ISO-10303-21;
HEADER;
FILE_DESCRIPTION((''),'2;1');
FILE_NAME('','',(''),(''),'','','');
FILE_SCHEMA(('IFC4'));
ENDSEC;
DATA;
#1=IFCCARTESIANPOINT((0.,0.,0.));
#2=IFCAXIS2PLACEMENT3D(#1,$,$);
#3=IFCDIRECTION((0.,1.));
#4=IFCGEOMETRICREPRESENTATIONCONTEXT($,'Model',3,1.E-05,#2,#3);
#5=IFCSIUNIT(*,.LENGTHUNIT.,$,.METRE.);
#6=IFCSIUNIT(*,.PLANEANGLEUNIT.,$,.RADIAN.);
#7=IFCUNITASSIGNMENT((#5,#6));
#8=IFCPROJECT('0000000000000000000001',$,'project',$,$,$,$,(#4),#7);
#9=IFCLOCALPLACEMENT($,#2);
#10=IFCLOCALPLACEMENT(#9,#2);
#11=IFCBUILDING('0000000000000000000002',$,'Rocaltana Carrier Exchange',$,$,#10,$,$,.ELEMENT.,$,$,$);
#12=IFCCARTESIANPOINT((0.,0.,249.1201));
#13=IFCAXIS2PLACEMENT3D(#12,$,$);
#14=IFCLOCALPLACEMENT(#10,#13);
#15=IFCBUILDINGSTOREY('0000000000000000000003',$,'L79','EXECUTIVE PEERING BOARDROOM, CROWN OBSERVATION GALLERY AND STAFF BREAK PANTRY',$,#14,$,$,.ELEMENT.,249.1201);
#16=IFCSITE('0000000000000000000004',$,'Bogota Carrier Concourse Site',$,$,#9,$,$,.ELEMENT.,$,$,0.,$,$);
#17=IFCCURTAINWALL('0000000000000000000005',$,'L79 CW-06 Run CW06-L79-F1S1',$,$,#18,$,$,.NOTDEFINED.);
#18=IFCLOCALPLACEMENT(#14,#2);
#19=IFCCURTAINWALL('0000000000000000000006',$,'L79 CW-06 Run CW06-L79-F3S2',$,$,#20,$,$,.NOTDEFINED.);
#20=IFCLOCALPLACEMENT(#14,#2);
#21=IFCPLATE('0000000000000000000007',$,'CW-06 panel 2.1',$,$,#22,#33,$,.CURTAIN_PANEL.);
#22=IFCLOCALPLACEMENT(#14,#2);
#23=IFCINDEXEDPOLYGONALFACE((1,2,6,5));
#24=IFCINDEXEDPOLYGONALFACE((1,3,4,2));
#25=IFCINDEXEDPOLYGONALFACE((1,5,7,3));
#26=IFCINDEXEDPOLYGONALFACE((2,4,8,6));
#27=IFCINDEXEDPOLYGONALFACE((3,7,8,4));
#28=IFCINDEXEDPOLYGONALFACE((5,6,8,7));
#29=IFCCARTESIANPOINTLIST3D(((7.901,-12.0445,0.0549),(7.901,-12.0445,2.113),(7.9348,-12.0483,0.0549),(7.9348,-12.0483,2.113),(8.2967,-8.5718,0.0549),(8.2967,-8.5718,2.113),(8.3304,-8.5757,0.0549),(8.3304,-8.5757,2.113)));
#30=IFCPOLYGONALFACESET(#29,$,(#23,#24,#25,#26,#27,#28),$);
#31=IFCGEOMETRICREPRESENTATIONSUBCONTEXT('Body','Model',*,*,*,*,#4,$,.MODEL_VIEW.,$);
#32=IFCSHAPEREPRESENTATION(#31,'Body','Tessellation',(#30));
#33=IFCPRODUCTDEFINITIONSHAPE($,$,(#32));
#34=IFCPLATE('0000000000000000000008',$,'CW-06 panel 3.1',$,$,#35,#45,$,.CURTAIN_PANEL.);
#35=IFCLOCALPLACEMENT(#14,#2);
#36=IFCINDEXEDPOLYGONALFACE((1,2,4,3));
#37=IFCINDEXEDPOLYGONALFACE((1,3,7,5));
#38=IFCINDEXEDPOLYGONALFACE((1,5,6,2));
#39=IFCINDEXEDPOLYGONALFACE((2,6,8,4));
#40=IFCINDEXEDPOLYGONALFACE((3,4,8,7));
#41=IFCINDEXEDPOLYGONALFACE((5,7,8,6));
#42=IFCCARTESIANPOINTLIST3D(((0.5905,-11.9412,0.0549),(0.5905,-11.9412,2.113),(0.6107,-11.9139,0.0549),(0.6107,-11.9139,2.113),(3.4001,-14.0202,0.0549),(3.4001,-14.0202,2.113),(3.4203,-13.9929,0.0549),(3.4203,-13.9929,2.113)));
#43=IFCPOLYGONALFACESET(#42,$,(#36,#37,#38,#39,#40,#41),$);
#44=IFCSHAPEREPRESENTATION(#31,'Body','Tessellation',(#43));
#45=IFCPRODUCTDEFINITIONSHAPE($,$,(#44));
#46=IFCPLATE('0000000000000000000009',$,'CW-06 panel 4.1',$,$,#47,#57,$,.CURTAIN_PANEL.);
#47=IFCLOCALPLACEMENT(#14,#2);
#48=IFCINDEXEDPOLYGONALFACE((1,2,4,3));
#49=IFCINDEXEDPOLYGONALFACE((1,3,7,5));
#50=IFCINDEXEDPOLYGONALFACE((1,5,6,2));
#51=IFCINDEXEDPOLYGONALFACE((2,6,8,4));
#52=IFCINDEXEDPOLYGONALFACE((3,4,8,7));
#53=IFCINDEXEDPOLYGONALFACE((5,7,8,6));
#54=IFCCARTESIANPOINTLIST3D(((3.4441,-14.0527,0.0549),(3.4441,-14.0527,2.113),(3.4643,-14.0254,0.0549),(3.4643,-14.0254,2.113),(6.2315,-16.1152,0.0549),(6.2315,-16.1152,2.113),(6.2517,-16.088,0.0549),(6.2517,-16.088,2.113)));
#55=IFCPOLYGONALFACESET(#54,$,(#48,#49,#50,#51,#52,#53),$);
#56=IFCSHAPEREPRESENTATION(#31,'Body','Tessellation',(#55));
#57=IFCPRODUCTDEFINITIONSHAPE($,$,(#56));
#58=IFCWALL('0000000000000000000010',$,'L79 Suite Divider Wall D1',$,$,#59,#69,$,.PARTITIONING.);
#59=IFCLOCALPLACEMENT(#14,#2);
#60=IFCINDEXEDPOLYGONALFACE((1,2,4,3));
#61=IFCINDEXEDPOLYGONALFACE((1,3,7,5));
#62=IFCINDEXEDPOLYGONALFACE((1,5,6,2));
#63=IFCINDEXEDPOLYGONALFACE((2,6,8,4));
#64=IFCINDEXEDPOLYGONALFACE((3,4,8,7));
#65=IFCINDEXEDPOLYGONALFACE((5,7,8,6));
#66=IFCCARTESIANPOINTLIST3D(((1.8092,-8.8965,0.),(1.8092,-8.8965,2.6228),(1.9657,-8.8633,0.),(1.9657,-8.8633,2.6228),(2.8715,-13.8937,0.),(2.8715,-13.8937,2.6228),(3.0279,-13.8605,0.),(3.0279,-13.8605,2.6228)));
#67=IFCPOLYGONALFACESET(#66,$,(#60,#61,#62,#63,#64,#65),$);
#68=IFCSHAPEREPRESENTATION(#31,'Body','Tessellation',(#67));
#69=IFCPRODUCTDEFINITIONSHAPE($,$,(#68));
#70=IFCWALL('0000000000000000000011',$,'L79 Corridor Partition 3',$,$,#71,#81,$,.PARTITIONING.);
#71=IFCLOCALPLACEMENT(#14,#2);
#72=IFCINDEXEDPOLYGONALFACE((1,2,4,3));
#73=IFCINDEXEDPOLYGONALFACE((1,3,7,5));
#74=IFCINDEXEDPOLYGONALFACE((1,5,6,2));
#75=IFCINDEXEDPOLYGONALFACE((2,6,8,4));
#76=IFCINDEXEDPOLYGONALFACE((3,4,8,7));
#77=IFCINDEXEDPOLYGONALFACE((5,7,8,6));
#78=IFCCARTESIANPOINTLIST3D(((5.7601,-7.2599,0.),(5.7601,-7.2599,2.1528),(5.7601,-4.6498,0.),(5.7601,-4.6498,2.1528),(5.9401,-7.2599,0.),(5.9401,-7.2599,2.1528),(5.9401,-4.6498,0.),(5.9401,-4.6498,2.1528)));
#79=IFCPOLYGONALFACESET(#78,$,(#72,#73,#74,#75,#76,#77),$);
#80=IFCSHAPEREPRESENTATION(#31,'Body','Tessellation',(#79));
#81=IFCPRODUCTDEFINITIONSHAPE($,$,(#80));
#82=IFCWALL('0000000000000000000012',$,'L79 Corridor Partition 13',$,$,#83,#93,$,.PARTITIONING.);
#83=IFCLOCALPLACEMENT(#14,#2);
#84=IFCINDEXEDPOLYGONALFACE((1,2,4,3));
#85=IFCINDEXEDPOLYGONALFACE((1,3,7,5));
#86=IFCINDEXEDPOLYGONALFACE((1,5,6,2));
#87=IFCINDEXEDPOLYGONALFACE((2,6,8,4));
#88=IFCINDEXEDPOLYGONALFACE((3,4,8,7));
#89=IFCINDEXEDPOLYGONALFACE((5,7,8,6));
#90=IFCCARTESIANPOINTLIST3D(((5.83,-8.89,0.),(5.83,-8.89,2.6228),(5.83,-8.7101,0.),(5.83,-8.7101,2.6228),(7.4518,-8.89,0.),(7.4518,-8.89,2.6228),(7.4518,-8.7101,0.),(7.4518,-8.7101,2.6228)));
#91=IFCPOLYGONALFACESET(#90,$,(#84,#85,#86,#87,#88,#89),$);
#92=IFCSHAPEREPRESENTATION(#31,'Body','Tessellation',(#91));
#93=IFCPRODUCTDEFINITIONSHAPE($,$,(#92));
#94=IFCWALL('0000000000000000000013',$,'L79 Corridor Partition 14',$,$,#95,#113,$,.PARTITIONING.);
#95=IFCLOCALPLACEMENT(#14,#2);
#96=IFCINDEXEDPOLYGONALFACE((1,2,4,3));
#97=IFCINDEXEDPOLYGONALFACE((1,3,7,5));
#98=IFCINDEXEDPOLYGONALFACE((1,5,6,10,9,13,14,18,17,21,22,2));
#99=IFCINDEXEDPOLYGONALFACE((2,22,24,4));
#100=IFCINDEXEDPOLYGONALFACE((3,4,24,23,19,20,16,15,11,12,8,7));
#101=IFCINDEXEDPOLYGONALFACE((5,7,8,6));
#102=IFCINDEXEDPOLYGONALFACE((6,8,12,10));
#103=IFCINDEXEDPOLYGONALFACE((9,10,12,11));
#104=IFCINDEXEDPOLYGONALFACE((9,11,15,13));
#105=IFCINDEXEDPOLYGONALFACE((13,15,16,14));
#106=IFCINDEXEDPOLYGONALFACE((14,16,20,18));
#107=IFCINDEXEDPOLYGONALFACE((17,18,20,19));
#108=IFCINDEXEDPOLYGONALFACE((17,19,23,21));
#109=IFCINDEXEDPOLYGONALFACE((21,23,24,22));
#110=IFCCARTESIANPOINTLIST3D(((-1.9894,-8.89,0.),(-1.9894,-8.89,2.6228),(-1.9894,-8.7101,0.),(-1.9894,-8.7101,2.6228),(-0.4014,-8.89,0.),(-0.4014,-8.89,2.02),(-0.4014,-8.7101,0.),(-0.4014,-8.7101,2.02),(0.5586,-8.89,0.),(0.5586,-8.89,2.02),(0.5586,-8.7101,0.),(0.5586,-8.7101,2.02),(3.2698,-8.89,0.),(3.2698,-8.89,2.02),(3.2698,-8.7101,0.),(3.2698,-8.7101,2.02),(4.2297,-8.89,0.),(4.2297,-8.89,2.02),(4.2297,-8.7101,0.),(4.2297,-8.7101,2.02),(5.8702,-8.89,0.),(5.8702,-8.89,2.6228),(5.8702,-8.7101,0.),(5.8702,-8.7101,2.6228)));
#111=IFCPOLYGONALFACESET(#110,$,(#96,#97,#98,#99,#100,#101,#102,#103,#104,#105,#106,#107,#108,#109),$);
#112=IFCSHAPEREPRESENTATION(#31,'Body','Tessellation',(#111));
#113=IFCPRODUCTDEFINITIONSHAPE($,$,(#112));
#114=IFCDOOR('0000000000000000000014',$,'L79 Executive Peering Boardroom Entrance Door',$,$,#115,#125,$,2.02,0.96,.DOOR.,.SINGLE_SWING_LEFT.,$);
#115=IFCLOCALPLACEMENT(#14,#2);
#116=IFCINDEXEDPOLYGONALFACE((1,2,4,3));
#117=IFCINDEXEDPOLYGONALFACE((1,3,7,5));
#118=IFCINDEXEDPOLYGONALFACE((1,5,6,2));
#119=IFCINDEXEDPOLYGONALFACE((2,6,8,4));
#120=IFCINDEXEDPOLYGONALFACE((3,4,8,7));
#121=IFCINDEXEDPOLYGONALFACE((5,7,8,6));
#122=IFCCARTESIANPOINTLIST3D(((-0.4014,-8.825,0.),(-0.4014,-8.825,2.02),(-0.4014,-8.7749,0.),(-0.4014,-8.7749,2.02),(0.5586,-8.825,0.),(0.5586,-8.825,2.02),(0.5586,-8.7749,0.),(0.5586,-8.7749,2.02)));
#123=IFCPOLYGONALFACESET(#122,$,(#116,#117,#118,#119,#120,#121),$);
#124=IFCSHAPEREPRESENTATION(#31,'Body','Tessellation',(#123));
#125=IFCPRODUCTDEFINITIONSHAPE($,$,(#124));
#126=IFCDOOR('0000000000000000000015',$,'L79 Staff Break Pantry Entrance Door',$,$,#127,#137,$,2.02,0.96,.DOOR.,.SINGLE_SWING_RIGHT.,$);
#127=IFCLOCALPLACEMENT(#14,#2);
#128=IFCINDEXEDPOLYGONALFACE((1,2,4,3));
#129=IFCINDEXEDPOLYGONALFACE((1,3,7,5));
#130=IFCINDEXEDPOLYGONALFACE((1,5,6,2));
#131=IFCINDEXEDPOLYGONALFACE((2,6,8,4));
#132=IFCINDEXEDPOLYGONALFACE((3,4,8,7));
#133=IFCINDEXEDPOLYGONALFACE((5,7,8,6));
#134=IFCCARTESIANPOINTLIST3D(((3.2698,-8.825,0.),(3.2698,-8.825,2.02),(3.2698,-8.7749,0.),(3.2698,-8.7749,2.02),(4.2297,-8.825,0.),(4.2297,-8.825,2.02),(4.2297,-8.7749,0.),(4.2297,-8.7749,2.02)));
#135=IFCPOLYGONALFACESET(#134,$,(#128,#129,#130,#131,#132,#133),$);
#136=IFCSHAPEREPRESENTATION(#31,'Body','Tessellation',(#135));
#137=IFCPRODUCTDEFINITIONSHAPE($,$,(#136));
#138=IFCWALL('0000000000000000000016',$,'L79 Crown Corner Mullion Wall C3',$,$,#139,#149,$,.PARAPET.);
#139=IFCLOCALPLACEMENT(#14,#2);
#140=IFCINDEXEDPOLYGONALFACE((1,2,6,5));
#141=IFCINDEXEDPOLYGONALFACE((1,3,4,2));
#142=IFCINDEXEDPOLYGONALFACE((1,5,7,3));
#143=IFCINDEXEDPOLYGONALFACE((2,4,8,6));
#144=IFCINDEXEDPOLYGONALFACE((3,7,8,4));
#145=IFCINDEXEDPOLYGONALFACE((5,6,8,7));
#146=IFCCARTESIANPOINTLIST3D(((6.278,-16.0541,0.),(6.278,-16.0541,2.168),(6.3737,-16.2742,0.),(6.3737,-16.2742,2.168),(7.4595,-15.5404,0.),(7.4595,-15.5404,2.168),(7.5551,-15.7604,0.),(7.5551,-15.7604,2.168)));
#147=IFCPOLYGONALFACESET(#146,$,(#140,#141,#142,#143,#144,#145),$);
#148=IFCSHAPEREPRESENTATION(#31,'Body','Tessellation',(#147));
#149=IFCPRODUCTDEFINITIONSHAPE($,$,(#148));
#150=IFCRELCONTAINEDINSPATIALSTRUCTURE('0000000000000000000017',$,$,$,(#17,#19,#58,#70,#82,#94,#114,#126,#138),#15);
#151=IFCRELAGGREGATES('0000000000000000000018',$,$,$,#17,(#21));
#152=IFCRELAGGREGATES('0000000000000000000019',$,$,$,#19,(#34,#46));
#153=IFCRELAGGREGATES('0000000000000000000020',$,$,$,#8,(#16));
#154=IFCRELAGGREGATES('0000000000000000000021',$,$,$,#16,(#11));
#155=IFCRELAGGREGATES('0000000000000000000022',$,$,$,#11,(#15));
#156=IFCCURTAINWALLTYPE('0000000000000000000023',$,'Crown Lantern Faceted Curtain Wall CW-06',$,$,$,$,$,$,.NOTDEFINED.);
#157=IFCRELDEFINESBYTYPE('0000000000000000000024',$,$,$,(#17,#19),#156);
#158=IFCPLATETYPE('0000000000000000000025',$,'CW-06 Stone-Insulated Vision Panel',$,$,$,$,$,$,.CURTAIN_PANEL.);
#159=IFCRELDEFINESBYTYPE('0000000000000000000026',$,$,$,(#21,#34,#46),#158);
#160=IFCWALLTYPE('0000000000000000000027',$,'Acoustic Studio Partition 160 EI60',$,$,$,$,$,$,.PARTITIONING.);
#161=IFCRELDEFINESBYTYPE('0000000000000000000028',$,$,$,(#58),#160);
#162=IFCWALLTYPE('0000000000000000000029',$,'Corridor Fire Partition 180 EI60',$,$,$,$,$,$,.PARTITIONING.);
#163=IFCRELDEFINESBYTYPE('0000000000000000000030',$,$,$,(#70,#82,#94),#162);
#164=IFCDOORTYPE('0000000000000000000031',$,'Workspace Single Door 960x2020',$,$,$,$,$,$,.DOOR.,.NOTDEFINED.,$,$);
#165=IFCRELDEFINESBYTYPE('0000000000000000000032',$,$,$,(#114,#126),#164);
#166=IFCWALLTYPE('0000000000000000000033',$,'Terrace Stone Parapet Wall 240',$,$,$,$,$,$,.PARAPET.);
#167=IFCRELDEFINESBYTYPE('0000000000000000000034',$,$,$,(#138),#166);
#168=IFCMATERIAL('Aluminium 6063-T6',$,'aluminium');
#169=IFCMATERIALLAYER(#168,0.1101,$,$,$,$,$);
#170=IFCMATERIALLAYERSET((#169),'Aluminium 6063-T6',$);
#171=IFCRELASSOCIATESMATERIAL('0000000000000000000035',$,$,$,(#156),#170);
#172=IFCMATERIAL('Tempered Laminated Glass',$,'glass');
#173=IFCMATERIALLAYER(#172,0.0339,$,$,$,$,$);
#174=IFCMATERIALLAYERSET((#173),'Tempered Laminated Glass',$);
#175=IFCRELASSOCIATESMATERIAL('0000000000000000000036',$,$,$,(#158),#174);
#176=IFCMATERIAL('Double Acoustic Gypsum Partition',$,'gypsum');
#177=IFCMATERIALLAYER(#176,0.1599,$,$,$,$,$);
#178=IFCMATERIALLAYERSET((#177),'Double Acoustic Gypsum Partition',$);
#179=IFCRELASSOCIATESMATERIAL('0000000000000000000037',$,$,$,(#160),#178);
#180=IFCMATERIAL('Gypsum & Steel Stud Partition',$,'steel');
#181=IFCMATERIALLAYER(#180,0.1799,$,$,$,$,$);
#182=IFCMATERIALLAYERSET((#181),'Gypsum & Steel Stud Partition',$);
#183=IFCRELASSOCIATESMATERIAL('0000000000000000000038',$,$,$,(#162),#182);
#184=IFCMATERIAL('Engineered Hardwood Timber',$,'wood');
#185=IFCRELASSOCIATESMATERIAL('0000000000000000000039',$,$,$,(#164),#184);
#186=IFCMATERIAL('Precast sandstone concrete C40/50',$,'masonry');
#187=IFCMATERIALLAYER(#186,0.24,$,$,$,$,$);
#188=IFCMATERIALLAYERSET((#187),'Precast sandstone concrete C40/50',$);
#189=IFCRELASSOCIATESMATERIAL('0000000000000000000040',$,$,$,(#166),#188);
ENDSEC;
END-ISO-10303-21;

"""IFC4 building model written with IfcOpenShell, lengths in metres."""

from ifc_helpers import new_model, si_unit, direction, frame, frame_2d, origin, origin_2d, place, context, subcontext, project, spatial, rectangle, extrude, material, layer, layer_set, type_object, element, fill, aggregate, save


model = new_model("IFC4")

# Units and contexts
model_context = context("Model", 3, precision=1e-05, world=origin(), true_north=direction((0.0, 1.0)))
body_context = subcontext(model_context, "Body", "Model", "MODEL_VIEW")
ifc_project = project(units=[si_unit("LENGTHUNIT", "METRE"), si_unit("PLANEANGLEUNIT", "RADIAN")], contexts=[model_context])

# Site, building, storey
site_placement = place(None, origin())
site = spatial("IfcSite", under=ifc_project, at=site_placement, Name="Bogota Carrier Concourse Site", CompositionType="ELEMENT", RefElevation=0.0)
building_placement = place(site_placement, origin())
building = spatial("IfcBuilding", under=site, at=building_placement, Name="Rocaltana Carrier Exchange", CompositionType="ELEMENT")
storey_placement = place(building_placement, frame((0.0, 0.0, 249.1201)))
storey = spatial("IfcBuildingStorey", under=building, at=storey_placement, Name="L79", Description="EXECUTIVE PEERING BOARDROOM, CROWN OBSERVATION GALLERY AND STAFF BREAK PANTRY", CompositionType="ELEMENT", Elevation=249.1201)

# Curtain walls
ifc_material_1 = material(Name="Aluminium 6063-T6", Category="aluminium")
ifc_layer_1 = layer(ifc_material_1, 0.1101)
ifc_layer_set_1 = layer_set([ifc_layer_1], Name="Aluminium 6063-T6")
curtain_wall_type = type_object("IfcCurtainWallType", Name="Crown Lantern Faceted Curtain Wall CW-06", PredefinedType="NOTDEFINED", material=ifc_layer_set_1)
curtain_wall_1_placement = place(storey_placement, origin())
curtain_wall_1 = element("IfcCurtainWall", 1, at=curtain_wall_1_placement, inside=storey, type_object=curtain_wall_type, Name="L79 CW-06 Run CW06-L79-F1S1", PredefinedType="NOTDEFINED")
curtain_wall_2_placement = place(storey_placement, origin())
curtain_wall_2 = element("IfcCurtainWall", 2, at=curtain_wall_2_placement, inside=storey, type_object=curtain_wall_type, Name="L79 CW-06 Run CW06-L79-F3S2", PredefinedType="NOTDEFINED")

# Plates
ifc_material_2 = material(Name="Tempered Laminated Glass", Category="glass")
ifc_layer_2 = layer(ifc_material_2, 0.0339)
ifc_layer_set_2 = layer_set([ifc_layer_2], Name="Tempered Laminated Glass")
plate_type = type_object("IfcPlateType", Name="CW-06 Stone-Insulated Vision Panel", PredefinedType="CURTAIN_PANEL", material=ifc_layer_set_2)
plate_1_placement = place(storey_placement, frame((8.1157, -10.3101, 0.0549), z_axis=(0.0, 0.0, 1.0), x_axis=(0.113204, 0.993572, 0.0)))
plate_1 = element("IfcPlate", 3, at=plate_1_placement, type_object=plate_type, Name="CW-06 panel 2.1", PredefinedType="CURTAIN_PANEL", context=body_context, shape_type="SweptSolid", body=[
    extrude(rectangle(XDim=3.4951, YDim=0.0339, at=origin_2d()), origin(), (0.0, 0.0, 1.0), 2.0581),
])
aggregate(curtain_wall_1, [plate_1])
plate_2_placement = place(storey_placement, frame((2.0054, -12.967, 0.0549), z_axis=(0.0, 0.0, 1.0), x_axis=(0.803857, -0.594822, 0.0)))
plate_2 = element("IfcPlate", 4, at=plate_2_placement, type_object=plate_type, Name="CW-06 panel 3.1", PredefinedType="CURTAIN_PANEL", context=body_context, shape_type="SweptSolid", body=[
    extrude(rectangle(XDim=3.4951, YDim=0.0339, at=origin_2d()), origin(), (0.0, 0.0, 1.0), 2.0581),
])
plate_3_placement = place(storey_placement, frame((4.8479, -15.0703, 0.0549), z_axis=(0.0, 0.0, 1.0), x_axis=(0.803857, -0.594822, 0.0)))
plate_3 = element("IfcPlate", 5, at=plate_3_placement, type_object=plate_type, Name="CW-06 panel 4.1", PredefinedType="CURTAIN_PANEL", context=body_context, shape_type="SweptSolid", body=[
    extrude(rectangle(XDim=3.4675, YDim=0.0339, at=origin_2d()), origin(), (0.0, 0.0, 1.0), 2.0581),
])
aggregate(curtain_wall_2, [plate_2, plate_3])

# Walls
ifc_material_3 = material(Name="Double Acoustic Gypsum Partition", Category="gypsum")
ifc_layer_3 = layer(ifc_material_3, 0.1599)
ifc_layer_set_3 = layer_set([ifc_layer_3], Name="Double Acoustic Gypsum Partition")
wall_type_1 = type_object("IfcWallType", Name="Acoustic Studio Partition 160 EI60", PredefinedType="PARTITIONING", material=ifc_layer_set_3)
wall_1_placement = place(storey_placement, frame((1.8875, -8.8799, 0.0), z_axis=(0.0, 0.0, 1.0), x_axis=(0.20792, -0.978146, 0.0)))
element("IfcWall", 6, at=wall_1_placement, inside=storey, type_object=wall_type_1, Name="L79 Suite Divider Wall D1", PredefinedType="PARTITIONING", context=body_context, shape_type="SweptSolid", body=[
    extrude(rectangle(XDim=5.1089, YDim=0.1599, at=frame_2d((2.5544, 0.0))), origin(), (0.0, 0.0, 1.0), 2.6228),
])
ifc_material_4 = material(Name="Gypsum & Steel Stud Partition", Category="steel")
ifc_layer_4 = layer(ifc_material_4, 0.1799)
ifc_layer_set_4 = layer_set([ifc_layer_4], Name="Gypsum & Steel Stud Partition")
wall_type_2 = type_object("IfcWallType", Name="Corridor Fire Partition 180 EI60", PredefinedType="PARTITIONING", material=ifc_layer_set_4)
wall_2_placement = place(storey_placement, frame((5.8501, -7.26, 0.0), z_axis=(0.0, 0.0, 1.0), x_axis=(0.0, 1.0, 0.0)))
element("IfcWall", 7, at=wall_2_placement, inside=storey, type_object=wall_type_2, Name="L79 Corridor Partition 3", PredefinedType="PARTITIONING", context=body_context, shape_type="SweptSolid", body=[
    extrude(rectangle(XDim=2.6101, YDim=0.1799, at=frame_2d((1.3052, 0.0))), origin(), (0.0, 0.0, 1.0), 2.1528),
])
wall_3_placement = place(storey_placement, frame((7.4519, -8.8, 0.0), z_axis=(0.0, 0.0, 1.0), x_axis=(-1.0, 0.0, 0.0)))
element("IfcWall", 8, at=wall_3_placement, inside=storey, type_object=wall_type_2, Name="L79 Corridor Partition 13", PredefinedType="PARTITIONING", context=body_context, shape_type="SweptSolid", body=[
    extrude(rectangle(XDim=1.6218, YDim=0.1799, at=frame_2d((0.811, 0.0))), origin(), (0.0, 0.0, 1.0), 2.6228),
])

# Wall, openings, doors
wall_4_placement = place(storey_placement, frame((5.8701, -8.8, 0.0), z_axis=(0.0, 0.0, 1.0), x_axis=(-1.0, 0.0, 0.0)))
wall_4 = element("IfcWall", 9, at=wall_4_placement, inside=storey, type_object=wall_type_2, Name="L79 Corridor Partition 14", PredefinedType="PARTITIONING", context=body_context, shape_type="SweptSolid", body=[
    extrude(rectangle(XDim=7.8596, YDim=0.1799, at=frame_2d((3.9297, 0.0))), origin(), (0.0, 0.0, 1.0), 2.6228),
])
opening_1_placement = place(wall_4_placement, frame((5.3115, 0.0, 0.0)))
opening_1 = element("IfcOpeningElement", 10, at=opening_1_placement, cuts=wall_4, PredefinedType="OPENING", context=body_context, shape_type="SweptSolid", body=[
    extrude(rectangle(XDim=0.96, YDim=2.02, at=frame_2d((0.48, 1.01))), frame((0.0, 0.0999, 0.0), z_axis=(0.0, -1.0, 0.0), x_axis=(1.0, 0.0, 0.0)), (0.0, 0.0, 1.0), 0.2),
])
opening_2_placement = place(wall_4_placement, frame((1.6404, 0.0, 0.0)))
opening_2 = element("IfcOpeningElement", 11, at=opening_2_placement, cuts=wall_4, PredefinedType="OPENING", context=body_context, shape_type="SweptSolid", body=[
    extrude(rectangle(XDim=0.96, YDim=2.02, at=frame_2d((0.48, 1.01))), frame((0.0, 0.0999, 0.0), z_axis=(0.0, -1.0, 0.0), x_axis=(1.0, 0.0, 0.0)), (0.0, 0.0, 1.0), 0.2),
])
ifc_material_5 = material(Name="Engineered Hardwood Timber", Category="wood")
door_type = type_object("IfcDoorType", Name="Workspace Single Door 960x2020", OperationType="NOTDEFINED", PredefinedType="DOOR", material=ifc_material_5)
door_1_placement = place(opening_1_placement, origin())
door_1 = element("IfcDoor", 12, at=door_1_placement, inside=storey, type_object=door_type, Name="L79 Executive Peering Boardroom Entrance Door", OperationType="SINGLE_SWING_LEFT", OverallHeight=2.02, OverallWidth=0.96, PredefinedType="DOOR", context=body_context, shape_type="SweptSolid", body=[
    extrude(rectangle(XDim=0.96, YDim=2.02, at=frame_2d((0.48, 1.01))), frame((0.0, 0.0249, 0.0), z_axis=(0.0, -1.0, 0.0), x_axis=(1.0, 0.0, 0.0)), (0.0, 0.0, 1.0), 0.05),
])
fill(opening_1, door_1)
door_2_placement = place(opening_2_placement, origin())
door_2 = element("IfcDoor", 13, at=door_2_placement, inside=storey, type_object=door_type, Name="L79 Staff Break Pantry Entrance Door", OperationType="SINGLE_SWING_RIGHT", OverallHeight=2.02, OverallWidth=0.96, PredefinedType="DOOR", context=body_context, shape_type="SweptSolid", body=[
    extrude(rectangle(XDim=0.96, YDim=2.02, at=frame_2d((0.48, 1.01))), frame((0.0, 0.0249, 0.0), z_axis=(0.0, -1.0, 0.0), x_axis=(1.0, 0.0, 0.0)), (0.0, 0.0, 1.0), 0.05),
])
fill(opening_2, door_2)

# Wall
ifc_material_6 = material(Name="Precast sandstone concrete C40/50", Category="masonry")
ifc_layer_5 = layer(ifc_material_6, 0.24)
ifc_layer_set_5 = layer_set([ifc_layer_5], Name="Precast sandstone concrete C40/50")
wall_type_3 = type_object("IfcWallType", Name="Terrace Stone Parapet Wall 240", PredefinedType="PARAPET", material=ifc_layer_set_5)
wall_5_placement = place(storey_placement, frame((6.3259, -16.1641, 0.0), z_axis=(0.0, 0.0, 1.0), x_axis=(0.917064, 0.39874, 0.0)))
element("IfcWall", 14, at=wall_5_placement, inside=storey, type_object=wall_type_3, Name="L79 Crown Corner Mullion Wall C3", PredefinedType="PARAPET", context=body_context, shape_type="SweptSolid", body=[
    extrude(rectangle(XDim=1.2883, YDim=0.24, at=frame_2d((0.644, 0.0))), origin(), (0.0, 0.0, 1.0), 2.168),
])

save(model, "model.ifc")
